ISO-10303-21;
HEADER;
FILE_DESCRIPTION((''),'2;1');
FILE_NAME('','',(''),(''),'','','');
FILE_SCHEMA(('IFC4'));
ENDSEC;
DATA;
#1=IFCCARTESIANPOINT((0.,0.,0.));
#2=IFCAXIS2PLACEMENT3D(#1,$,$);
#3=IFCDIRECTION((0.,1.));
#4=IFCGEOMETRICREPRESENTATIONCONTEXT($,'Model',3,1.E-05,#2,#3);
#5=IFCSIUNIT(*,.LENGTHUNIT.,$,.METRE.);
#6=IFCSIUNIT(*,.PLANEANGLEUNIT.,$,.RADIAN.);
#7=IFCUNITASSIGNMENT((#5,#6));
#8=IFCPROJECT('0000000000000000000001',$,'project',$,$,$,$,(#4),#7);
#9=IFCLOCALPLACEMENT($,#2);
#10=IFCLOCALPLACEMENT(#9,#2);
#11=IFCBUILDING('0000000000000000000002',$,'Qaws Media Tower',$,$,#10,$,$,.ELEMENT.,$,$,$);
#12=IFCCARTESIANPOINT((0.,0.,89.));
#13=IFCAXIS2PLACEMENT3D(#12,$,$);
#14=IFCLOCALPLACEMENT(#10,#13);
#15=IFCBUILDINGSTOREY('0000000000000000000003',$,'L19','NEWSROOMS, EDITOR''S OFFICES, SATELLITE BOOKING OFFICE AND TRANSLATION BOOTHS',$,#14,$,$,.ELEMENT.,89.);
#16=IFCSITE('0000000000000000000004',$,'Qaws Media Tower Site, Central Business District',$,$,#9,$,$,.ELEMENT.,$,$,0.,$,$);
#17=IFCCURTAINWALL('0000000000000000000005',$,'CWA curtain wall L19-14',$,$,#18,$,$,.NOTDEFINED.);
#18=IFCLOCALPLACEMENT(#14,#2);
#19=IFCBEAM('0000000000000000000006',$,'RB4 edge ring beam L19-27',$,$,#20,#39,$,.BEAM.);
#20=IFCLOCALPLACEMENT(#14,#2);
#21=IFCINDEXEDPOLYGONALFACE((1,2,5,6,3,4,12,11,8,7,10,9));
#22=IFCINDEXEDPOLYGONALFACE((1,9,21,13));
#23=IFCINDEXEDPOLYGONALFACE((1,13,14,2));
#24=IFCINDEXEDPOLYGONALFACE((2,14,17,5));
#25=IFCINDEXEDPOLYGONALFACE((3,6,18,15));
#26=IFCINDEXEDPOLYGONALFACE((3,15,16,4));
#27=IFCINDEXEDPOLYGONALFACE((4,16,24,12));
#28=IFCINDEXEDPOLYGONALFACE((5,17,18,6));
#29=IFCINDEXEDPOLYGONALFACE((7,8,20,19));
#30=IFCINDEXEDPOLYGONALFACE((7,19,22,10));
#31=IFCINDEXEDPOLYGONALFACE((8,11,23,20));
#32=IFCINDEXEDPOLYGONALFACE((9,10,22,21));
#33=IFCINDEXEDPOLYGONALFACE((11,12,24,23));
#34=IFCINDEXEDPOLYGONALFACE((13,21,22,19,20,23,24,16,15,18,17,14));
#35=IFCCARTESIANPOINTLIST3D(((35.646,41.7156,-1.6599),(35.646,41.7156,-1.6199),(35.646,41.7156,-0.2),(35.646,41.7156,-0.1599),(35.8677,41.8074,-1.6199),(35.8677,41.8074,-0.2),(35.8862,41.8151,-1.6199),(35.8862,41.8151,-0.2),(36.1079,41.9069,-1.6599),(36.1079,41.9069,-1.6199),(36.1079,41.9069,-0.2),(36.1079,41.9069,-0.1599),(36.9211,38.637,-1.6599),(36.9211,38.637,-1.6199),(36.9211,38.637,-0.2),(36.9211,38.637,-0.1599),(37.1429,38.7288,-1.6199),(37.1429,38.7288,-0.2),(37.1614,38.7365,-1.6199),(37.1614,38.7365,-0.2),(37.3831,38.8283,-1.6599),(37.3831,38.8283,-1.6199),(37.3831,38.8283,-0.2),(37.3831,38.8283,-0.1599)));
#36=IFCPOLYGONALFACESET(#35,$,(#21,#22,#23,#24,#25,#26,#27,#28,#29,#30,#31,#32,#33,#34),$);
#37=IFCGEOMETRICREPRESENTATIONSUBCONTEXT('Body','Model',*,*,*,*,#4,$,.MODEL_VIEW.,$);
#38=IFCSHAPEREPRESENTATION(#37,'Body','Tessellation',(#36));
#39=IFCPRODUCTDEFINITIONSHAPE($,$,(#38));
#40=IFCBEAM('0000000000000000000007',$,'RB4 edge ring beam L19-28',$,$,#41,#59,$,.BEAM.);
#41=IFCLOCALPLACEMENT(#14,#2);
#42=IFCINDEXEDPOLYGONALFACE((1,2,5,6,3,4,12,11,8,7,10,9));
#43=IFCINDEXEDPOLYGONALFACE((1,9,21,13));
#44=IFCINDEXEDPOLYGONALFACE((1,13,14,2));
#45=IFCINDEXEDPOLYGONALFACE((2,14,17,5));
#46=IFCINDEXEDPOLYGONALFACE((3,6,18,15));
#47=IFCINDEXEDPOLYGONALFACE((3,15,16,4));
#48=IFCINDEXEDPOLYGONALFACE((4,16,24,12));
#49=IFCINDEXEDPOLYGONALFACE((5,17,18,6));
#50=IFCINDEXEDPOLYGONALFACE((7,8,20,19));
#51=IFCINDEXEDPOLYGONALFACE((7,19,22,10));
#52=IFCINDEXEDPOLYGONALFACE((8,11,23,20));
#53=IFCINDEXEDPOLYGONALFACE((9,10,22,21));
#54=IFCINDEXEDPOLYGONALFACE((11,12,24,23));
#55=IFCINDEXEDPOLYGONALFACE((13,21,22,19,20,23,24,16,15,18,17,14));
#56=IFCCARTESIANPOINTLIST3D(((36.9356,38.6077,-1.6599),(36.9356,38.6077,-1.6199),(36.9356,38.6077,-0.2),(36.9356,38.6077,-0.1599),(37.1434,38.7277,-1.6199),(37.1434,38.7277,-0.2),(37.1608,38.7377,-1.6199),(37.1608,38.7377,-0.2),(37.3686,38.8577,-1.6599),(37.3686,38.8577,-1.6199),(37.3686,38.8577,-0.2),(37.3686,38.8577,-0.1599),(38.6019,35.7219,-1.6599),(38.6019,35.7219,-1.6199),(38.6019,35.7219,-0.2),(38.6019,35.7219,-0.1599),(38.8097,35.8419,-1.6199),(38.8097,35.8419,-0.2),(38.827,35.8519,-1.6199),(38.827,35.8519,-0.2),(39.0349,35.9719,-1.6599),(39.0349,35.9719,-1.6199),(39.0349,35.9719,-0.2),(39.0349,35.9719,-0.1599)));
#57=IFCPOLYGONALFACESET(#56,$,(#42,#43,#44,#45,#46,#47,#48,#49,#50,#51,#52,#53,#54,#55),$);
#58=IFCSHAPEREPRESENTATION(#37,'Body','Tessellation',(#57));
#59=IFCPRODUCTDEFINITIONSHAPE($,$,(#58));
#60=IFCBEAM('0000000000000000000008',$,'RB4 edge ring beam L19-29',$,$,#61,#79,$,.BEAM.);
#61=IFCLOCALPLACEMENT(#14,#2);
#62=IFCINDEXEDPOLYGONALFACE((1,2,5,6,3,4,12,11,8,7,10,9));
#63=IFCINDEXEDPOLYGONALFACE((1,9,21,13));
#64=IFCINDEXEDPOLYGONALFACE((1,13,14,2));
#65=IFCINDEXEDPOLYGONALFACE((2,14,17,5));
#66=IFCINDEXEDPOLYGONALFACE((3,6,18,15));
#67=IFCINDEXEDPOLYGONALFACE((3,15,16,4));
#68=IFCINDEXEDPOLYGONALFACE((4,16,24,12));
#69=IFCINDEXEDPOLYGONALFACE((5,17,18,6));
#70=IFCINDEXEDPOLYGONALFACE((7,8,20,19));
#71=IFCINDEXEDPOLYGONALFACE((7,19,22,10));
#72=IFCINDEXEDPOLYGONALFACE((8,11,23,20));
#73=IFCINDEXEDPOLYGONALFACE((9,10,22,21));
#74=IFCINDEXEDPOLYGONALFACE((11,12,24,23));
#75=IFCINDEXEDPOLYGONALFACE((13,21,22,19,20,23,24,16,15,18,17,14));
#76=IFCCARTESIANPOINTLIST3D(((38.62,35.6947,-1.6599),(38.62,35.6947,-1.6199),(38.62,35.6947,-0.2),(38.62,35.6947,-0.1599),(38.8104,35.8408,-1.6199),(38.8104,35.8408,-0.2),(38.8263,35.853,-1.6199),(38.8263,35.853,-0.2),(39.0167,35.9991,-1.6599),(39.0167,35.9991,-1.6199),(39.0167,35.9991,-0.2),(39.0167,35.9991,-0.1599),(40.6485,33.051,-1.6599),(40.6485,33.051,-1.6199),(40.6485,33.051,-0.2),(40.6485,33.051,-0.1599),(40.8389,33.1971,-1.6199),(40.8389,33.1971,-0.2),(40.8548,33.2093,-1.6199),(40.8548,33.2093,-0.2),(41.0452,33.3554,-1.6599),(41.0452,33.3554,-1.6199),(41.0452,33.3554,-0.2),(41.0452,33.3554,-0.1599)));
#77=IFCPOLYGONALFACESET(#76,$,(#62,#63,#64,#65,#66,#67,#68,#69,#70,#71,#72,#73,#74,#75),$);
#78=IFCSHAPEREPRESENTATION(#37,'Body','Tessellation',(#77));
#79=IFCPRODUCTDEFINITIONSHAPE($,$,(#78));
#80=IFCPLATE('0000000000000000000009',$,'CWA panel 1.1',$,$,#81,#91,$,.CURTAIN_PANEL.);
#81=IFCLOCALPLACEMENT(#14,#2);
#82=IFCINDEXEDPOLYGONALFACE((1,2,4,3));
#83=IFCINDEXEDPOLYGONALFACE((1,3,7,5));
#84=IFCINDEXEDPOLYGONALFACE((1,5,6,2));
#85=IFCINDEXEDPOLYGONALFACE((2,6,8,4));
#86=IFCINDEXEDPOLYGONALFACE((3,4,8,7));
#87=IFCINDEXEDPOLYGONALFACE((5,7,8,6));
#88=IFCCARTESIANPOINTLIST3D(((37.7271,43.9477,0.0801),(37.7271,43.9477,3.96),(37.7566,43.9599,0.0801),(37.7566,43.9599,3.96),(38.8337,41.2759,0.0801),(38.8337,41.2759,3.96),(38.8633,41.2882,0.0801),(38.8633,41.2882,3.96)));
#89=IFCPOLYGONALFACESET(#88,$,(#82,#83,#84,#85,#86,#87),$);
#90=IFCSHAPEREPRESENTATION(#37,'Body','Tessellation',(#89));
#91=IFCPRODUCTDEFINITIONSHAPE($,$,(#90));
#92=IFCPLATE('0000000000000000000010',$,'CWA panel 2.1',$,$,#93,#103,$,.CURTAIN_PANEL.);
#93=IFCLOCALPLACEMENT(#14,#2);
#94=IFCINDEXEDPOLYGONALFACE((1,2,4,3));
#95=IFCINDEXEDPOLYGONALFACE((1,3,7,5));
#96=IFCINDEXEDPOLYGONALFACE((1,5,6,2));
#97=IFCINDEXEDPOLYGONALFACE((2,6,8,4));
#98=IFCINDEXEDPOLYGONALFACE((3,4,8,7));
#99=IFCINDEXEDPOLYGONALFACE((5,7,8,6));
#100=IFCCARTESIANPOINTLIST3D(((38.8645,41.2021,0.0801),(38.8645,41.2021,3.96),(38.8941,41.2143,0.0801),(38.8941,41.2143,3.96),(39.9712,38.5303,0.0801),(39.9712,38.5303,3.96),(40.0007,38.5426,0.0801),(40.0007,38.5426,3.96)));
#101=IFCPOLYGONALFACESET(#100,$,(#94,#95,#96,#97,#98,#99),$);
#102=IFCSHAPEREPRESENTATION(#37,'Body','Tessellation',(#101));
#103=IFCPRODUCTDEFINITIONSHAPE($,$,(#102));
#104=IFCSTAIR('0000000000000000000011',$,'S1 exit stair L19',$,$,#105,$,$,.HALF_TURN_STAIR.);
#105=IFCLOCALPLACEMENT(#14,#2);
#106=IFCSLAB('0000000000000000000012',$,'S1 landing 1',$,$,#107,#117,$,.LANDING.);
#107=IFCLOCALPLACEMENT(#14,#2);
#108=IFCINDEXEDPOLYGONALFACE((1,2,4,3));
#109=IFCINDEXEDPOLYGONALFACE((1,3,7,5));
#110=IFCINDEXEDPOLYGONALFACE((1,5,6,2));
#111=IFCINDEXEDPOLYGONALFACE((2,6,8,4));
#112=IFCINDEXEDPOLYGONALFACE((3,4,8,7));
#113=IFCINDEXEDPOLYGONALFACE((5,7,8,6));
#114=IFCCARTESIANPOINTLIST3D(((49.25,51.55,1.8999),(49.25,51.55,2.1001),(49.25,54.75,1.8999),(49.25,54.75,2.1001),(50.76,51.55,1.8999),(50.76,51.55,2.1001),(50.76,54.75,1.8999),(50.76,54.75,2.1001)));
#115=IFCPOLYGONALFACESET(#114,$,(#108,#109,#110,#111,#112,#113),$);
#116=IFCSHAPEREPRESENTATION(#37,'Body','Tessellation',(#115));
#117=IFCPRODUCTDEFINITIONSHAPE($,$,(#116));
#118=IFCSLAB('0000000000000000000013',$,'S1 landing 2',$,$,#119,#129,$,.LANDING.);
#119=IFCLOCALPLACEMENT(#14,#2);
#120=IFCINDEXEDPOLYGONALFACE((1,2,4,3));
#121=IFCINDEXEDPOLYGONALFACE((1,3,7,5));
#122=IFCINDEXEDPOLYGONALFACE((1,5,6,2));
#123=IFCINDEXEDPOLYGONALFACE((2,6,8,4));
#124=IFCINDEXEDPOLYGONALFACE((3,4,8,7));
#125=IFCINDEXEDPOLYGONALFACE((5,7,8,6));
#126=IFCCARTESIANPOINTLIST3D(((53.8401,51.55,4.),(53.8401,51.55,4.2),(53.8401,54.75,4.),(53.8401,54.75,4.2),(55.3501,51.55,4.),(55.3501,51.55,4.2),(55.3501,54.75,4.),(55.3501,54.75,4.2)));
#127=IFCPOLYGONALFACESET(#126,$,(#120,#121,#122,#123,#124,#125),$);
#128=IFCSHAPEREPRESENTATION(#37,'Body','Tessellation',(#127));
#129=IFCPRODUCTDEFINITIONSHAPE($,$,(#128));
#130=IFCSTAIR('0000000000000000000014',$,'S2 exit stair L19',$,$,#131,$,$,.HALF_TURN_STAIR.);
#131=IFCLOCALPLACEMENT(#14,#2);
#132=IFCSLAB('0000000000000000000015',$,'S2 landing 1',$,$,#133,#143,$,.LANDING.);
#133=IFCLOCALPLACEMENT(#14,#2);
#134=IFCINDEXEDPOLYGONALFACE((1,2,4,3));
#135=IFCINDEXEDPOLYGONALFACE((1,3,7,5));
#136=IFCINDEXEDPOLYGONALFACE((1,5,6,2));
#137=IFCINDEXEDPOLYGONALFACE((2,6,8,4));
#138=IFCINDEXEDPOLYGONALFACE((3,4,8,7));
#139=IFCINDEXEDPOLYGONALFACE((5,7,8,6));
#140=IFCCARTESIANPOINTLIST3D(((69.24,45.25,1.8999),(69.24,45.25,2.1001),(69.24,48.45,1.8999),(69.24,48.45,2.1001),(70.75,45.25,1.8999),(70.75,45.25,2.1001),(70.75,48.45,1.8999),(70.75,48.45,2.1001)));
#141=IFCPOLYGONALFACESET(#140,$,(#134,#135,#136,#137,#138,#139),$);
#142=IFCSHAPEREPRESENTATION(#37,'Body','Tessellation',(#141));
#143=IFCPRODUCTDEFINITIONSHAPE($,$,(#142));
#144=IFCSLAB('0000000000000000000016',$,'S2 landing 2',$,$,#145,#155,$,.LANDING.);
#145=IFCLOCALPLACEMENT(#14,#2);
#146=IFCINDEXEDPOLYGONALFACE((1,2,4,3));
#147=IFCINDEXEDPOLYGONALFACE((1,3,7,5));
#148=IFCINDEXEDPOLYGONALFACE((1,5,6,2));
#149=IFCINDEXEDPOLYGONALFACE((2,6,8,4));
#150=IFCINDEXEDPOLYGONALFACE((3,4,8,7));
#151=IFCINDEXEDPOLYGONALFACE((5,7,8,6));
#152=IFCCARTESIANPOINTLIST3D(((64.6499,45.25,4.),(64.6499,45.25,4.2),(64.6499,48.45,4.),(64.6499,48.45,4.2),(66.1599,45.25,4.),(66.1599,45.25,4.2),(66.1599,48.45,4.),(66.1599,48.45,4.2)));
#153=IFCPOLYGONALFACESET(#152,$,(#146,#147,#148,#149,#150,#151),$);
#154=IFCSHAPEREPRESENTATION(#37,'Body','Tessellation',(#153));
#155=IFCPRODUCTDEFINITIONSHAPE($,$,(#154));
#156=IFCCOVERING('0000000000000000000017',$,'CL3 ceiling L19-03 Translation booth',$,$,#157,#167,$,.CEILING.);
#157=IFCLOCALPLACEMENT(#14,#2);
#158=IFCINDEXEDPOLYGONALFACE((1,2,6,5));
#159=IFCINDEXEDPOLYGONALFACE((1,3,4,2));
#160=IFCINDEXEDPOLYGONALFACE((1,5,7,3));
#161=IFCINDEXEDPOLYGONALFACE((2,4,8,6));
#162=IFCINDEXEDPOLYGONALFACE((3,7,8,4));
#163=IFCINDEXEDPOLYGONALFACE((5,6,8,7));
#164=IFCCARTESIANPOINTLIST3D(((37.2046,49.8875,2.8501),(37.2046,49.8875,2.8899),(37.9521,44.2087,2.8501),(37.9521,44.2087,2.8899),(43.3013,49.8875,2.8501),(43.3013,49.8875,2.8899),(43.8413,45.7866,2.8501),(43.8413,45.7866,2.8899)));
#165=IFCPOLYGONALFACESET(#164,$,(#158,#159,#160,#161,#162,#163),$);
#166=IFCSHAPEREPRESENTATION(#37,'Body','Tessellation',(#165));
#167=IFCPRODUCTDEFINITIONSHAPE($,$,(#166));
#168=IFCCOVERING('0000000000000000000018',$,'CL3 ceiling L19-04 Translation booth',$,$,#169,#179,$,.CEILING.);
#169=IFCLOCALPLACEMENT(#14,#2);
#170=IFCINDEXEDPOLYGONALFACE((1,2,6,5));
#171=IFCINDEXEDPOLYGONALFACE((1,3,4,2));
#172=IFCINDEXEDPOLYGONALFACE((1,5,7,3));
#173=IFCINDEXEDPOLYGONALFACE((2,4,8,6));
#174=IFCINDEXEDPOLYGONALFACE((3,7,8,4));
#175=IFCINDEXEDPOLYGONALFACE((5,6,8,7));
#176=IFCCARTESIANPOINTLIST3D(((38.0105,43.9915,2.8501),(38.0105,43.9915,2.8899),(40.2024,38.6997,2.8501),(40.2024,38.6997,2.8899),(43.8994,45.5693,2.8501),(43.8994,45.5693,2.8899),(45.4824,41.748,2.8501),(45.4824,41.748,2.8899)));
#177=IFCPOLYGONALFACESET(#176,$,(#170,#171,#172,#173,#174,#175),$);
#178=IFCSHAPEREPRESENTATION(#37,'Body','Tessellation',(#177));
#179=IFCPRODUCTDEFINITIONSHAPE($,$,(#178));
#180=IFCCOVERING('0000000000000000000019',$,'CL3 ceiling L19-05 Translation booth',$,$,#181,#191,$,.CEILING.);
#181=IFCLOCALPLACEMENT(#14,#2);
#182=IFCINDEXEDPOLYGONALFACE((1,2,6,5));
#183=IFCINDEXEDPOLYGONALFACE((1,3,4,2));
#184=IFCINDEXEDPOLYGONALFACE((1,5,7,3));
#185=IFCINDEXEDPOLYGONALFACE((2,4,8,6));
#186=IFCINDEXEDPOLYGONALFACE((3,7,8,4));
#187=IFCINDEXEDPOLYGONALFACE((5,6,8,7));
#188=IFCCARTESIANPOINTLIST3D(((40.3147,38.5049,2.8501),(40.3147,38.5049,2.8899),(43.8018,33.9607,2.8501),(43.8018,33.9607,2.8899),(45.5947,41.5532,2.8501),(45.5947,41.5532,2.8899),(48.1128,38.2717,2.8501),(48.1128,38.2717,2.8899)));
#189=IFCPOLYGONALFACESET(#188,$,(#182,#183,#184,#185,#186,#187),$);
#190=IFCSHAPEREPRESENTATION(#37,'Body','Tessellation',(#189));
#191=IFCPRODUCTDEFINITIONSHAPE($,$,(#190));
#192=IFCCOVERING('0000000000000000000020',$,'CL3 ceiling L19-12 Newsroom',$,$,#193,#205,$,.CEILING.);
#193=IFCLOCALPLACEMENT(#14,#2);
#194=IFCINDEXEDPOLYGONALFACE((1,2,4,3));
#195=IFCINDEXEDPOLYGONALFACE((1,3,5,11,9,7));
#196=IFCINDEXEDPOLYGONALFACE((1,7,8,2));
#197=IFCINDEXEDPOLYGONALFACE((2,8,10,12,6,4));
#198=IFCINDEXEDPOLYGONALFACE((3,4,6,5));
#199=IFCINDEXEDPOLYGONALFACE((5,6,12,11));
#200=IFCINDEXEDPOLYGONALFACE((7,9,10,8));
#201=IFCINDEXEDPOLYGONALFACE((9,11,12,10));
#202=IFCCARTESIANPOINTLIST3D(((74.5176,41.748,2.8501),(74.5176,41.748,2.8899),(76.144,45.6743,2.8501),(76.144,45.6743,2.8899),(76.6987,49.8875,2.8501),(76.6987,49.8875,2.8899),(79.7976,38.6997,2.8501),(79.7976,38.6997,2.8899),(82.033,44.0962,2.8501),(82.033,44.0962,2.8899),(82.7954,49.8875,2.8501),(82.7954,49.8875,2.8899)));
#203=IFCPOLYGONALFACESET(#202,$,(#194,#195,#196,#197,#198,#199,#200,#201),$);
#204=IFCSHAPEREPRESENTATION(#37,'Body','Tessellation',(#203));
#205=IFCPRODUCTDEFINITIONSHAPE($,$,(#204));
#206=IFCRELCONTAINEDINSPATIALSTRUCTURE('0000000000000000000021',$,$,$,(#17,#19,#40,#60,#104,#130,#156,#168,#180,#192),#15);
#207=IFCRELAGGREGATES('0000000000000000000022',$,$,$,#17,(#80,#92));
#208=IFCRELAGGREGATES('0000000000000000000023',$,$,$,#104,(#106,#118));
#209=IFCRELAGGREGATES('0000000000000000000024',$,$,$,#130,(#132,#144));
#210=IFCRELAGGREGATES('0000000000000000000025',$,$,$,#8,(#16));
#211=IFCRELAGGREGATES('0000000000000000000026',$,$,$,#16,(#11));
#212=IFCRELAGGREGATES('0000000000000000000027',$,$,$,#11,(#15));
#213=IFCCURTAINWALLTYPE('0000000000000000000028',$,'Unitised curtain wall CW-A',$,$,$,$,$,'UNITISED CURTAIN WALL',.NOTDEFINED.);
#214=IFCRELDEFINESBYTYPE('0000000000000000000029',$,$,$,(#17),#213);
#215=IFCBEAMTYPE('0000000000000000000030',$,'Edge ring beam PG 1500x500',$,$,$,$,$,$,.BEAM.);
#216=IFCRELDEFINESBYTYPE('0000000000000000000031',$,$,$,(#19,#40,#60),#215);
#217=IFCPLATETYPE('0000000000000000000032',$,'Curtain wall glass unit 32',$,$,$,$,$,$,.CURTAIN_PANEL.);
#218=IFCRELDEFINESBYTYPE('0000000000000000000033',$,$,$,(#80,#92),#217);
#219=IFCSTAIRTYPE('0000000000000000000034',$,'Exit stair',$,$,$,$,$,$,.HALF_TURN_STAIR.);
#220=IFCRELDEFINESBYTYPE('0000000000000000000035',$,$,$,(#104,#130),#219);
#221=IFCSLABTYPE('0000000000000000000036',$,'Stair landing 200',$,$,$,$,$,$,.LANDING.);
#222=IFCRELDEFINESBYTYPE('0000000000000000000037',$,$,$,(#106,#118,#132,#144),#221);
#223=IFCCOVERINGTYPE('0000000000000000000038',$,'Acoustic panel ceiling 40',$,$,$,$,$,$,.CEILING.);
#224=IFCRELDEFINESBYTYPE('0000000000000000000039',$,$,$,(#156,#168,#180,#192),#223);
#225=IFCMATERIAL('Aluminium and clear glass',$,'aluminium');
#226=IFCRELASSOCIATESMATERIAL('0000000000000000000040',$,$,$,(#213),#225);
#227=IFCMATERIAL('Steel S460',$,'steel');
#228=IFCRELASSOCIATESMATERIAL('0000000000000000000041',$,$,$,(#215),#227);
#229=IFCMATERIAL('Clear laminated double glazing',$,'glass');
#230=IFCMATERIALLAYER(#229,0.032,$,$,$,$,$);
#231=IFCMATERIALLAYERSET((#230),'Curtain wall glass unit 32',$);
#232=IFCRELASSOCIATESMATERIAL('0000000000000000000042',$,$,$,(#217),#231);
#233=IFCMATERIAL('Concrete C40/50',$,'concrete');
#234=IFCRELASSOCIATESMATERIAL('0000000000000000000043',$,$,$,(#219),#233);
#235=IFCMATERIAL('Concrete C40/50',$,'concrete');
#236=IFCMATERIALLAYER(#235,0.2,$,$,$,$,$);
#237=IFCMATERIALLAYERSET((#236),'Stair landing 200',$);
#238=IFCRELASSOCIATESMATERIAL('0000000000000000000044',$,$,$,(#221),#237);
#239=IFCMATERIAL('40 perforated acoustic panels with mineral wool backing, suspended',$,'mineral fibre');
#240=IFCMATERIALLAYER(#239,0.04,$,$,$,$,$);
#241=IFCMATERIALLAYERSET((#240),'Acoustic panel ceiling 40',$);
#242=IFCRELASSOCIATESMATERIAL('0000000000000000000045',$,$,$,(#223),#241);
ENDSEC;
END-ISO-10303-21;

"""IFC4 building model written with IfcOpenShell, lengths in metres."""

from ifc_helpers import new_model, si_unit, direction, frame, origin, origin_2d, place, context, subcontext, project, spatial, polyline, rectangle, i_section, outline, extrude, material, layer, layer_set, material_profile, profile_set, type_object, element, aggregate, save


model = new_model("IFC4")

# Units and contexts
model_context = context("Model", 3, precision=1e-05, world=origin(), true_north=direction((0.0, 1.0)))
body_context = subcontext(model_context, "Body", "Model", "MODEL_VIEW")
ifc_project = project(units=[si_unit("LENGTHUNIT", "METRE"), si_unit("PLANEANGLEUNIT", "RADIAN")], contexts=[model_context])

# Site, building, storey
site_placement = place(None, origin())
site = spatial("IfcSite", under=ifc_project, at=site_placement, Name="Qaws Media Tower Site, Central Business District", CompositionType="ELEMENT", RefElevation=0.0)
building_placement = place(site_placement, origin())
building = spatial("IfcBuilding", under=site, at=building_placement, Name="Qaws Media Tower", CompositionType="ELEMENT")
storey_placement = place(building_placement, frame((0.0, 0.0, 89.0)))
storey = spatial("IfcBuildingStorey", under=building, at=storey_placement, Name="L19", Description="NEWSROOMS, EDITOR'S OFFICES, SATELLITE BOOKING OFFICE AND TRANSLATION BOOTHS", CompositionType="ELEMENT", Elevation=89.0)

# Curtain wall
ifc_material_1 = material(Name="Aluminium and clear glass", Category="aluminium")
curtain_wall_type = type_object("IfcCurtainWallType", Name="Unitised curtain wall CW-A", ElementType="UNITISED CURTAIN WALL", PredefinedType="NOTDEFINED", material=ifc_material_1)
curtain_wall_placement = place(storey_placement, origin())
curtain_wall = element("IfcCurtainWall", 1, at=curtain_wall_placement, inside=storey, type_object=curtain_wall_type, Name="CWA curtain wall L19-14", PredefinedType="NOTDEFINED")

# Beams
ifc_material_2 = material(Name="Steel S460", Category="steel")
ifc_material_profile_1 = material_profile(ifc_material_2, i_section(OverallWidth=0.5, OverallDepth=1.5, WebThickness=0.02, FlangeThickness=0.04, at=origin_2d()), Name="PG 1500x500")
ifc_profile_set_1 = profile_set([ifc_material_profile_1], Name="Steel S460")
beam_type = type_object("IfcBeamType", Name="Edge ring beam PG 1500x500", PredefinedType="BEAM", material=ifc_profile_set_1)
for number, where, z_axis, x_axis, name in (
    (2, (35.877, 41.8113, -0.9099), (0.382669, -0.923886, 0.0), (0.923886, 0.382669, 0.0), "RB4 edge ring beam L19-27"),
    (3, (37.1521, 38.7327, -0.9099), (0.50004, -0.866003, 0.0), (0.866003, 0.50004, 0.0), "RB4 edge ring beam L19-28"),
    (4, (38.8184, 35.8469, -0.9099), (0.608744, -0.793367, 0.0), (0.793367, 0.608744, 0.0), "RB4 edge ring beam L19-29"),
):
    element("IfcBeam", number, at=place(storey_placement, frame(where, z_axis=z_axis, x_axis=x_axis)), inside=storey, type_object=beam_type, Name=name, PredefinedType="BEAM", context=body_context, shape_type="SweptSolid", body=[
        extrude(i_section(OverallWidth=0.5, OverallDepth=1.5, WebThickness=0.02, FlangeThickness=0.04, at=origin_2d()), origin(), (0.0, 0.0, 1.0), 3.3323),
    ])

# Plates
ifc_material_3 = material(Name="Clear laminated double glazing", Category="glass")
ifc_layer_1 = layer(ifc_material_3, 0.032)
ifc_layer_set_1 = layer_set([ifc_layer_1], Name="Curtain wall glass unit 32")
plate_type = type_object("IfcPlateType", Name="Curtain wall glass unit 32", PredefinedType="CURTAIN_PANEL", material=ifc_layer_set_1)
plate_1_placement = place(storey_placement, frame((38.2952, 42.6179, 0.0801), z_axis=(0.0, 0.0, 1.0), x_axis=(0.382683, -0.92388, 0.0)))
plate_1 = element("IfcPlate", 5, at=plate_1_placement, type_object=plate_type, Name="CWA panel 1.1", PredefinedType="CURTAIN_PANEL", context=body_context, shape_type="SweptSolid", body=[
    extrude(rectangle(XDim=2.8918, YDim=0.032, at=origin_2d()), origin(), (0.0, 0.0, 1.0), 3.8799),
])
plate_2_placement = place(storey_placement, frame((39.4326, 39.8723, 0.0801), z_axis=(0.0, 0.0, 1.0), x_axis=(0.382683, -0.92388, 0.0)))
plate_2 = element("IfcPlate", 6, at=plate_2_placement, type_object=plate_type, Name="CWA panel 2.1", PredefinedType="CURTAIN_PANEL", context=body_context, shape_type="SweptSolid", body=[
    extrude(rectangle(XDim=2.8918, YDim=0.032, at=origin_2d()), origin(), (0.0, 0.0, 1.0), 3.8799),
])
aggregate(curtain_wall, [plate_1, plate_2])

# Stairs, slabs
ifc_material_4 = material(Name="Concrete C40/50", Category="concrete")
stair_type = type_object("IfcStairType", Name="Exit stair", PredefinedType="HALF_TURN_STAIR", material=ifc_material_4)
stair_1_placement = place(storey_placement, origin())
stair_1 = element("IfcStair", 7, at=stair_1_placement, inside=storey, type_object=stair_type, Name="S1 exit stair L19", PredefinedType="HALF_TURN_STAIR")
ifc_material_5 = material(Name="Concrete C40/50", Category="concrete")
ifc_layer_2 = layer(ifc_material_5, 0.2)
ifc_layer_set_2 = layer_set([ifc_layer_2], Name="Stair landing 200")
slab_type = type_object("IfcSlabType", Name="Stair landing 200", PredefinedType="LANDING", material=ifc_layer_set_2)
slab_1_placement = place(storey_placement, frame((0.0, 0.0, 1.8999)))
slab_1 = element("IfcSlab", 8, at=slab_1_placement, type_object=slab_type, Name="S1 landing 1", PredefinedType="LANDING", context=body_context, shape_type="SweptSolid", body=[
    extrude(outline(polyline([(49.25, 51.55), (50.76, 51.55), (50.76, 54.75), (49.25, 54.75), (49.25, 51.55)])), origin(), (0.0, 0.0, 1.0), 0.2002),
])
slab_2_placement = place(storey_placement, frame((0.0, 0.0, 4.0)))
slab_2 = element("IfcSlab", 9, at=slab_2_placement, type_object=slab_type, Name="S1 landing 2", PredefinedType="LANDING", context=body_context, shape_type="SweptSolid", body=[
    extrude(outline(polyline([(53.8401, 51.55), (55.3501, 51.55), (55.3501, 54.75), (53.8401, 54.75), (53.8401, 51.55)])), origin(), (0.0, 0.0, 1.0), 0.2),
])
aggregate(stair_1, [slab_1, slab_2])
stair_2_placement = place(storey_placement, origin())
stair_2 = element("IfcStair", 10, at=stair_2_placement, inside=storey, type_object=stair_type, Name="S2 exit stair L19", PredefinedType="HALF_TURN_STAIR")
slab_3_placement = place(storey_placement, frame((0.0, 0.0, 1.8999)))
slab_3 = element("IfcSlab", 11, at=slab_3_placement, type_object=slab_type, Name="S2 landing 1", PredefinedType="LANDING", context=body_context, shape_type="SweptSolid", body=[
    extrude(outline(polyline([(69.24, 45.25), (70.75, 45.25), (70.75, 48.45), (69.24, 48.45), (69.24, 45.25)])), origin(), (0.0, 0.0, 1.0), 0.2002),
])
slab_4_placement = place(storey_placement, frame((0.0, 0.0, 4.0)))
slab_4 = element("IfcSlab", 12, at=slab_4_placement, type_object=slab_type, Name="S2 landing 2", PredefinedType="LANDING", context=body_context, shape_type="SweptSolid", body=[
    extrude(outline(polyline([(64.6499, 45.25), (66.1599, 45.25), (66.1599, 48.45), (64.6499, 48.45), (64.6499, 45.25)])), origin(), (0.0, 0.0, 1.0), 0.2),
])
aggregate(stair_2, [slab_3, slab_4])

# Coverings
ifc_material_6 = material(Name="40 perforated acoustic panels with mineral wool backing, suspended", Category="mineral fibre")
ifc_layer_3 = layer(ifc_material_6, 0.04)
ifc_layer_set_3 = layer_set([ifc_layer_3], Name="Acoustic panel ceiling 40")
covering_type_1 = type_object("IfcCoveringType", Name="Acoustic panel ceiling 40", PredefinedType="CEILING", material=ifc_layer_set_3)
covering_1_placement = place(storey_placement, frame((0.0, 0.0, 2.8501)))
element("IfcCovering", 13, at=covering_1_placement, inside=storey, type_object=covering_type_1, Name="CL3 ceiling L19-03 Translation booth", PredefinedType="CEILING", context=body_context, shape_type="SweptSolid", body=[
    extrude(outline(polyline([(37.2046, 49.8875), (43.3013, 49.8875), (43.8413, 45.7866), (37.9521, 44.2087), (37.2046, 49.8875)])), origin(), (0.0, 0.0, 1.0), 0.0398),
])
covering_2_placement = place(storey_placement, frame((0.0, 0.0, 2.8501)))
element("IfcCovering", 14, at=covering_2_placement, inside=storey, type_object=covering_type_1, Name="CL3 ceiling L19-04 Translation booth", PredefinedType="CEILING", context=body_context, shape_type="SweptSolid", body=[
    extrude(outline(polyline([(38.0105, 43.9915), (43.8994, 45.5693), (45.4824, 41.748), (40.2024, 38.6997), (38.0105, 43.9915)])), origin(), (0.0, 0.0, 1.0), 0.0398),
])
covering_3_placement = place(storey_placement, frame((0.0, 0.0, 2.8501)))
element("IfcCovering", 15, at=covering_3_placement, inside=storey, type_object=covering_type_1, Name="CL3 ceiling L19-05 Translation booth", PredefinedType="CEILING", context=body_context, shape_type="SweptSolid", body=[
    extrude(outline(polyline([(40.3147, 38.5049), (45.5947, 41.5532), (48.1128, 38.2717), (43.8018, 33.9607), (40.3147, 38.5049)])), origin(), (0.0, 0.0, 1.0), 0.0398),
])
covering_4_placement = place(storey_placement, frame((0.0, 0.0, 2.8501)))
element("IfcCovering", 16, at=covering_4_placement, inside=storey, type_object=covering_type_1, Name="CL3 ceiling L19-12 Newsroom", PredefinedType="CEILING", context=body_context, shape_type="SweptSolid", body=[
    extrude(outline(polyline([(76.144, 45.6743), (76.6987, 49.8875), (82.7954, 49.8875), (82.033, 44.0962), (79.7976, 38.6997), (74.5176, 41.748), (76.144, 45.6743)])), origin(), (0.0, 0.0, 1.0), 0.0398),
])

save(model, "model.ifc")
